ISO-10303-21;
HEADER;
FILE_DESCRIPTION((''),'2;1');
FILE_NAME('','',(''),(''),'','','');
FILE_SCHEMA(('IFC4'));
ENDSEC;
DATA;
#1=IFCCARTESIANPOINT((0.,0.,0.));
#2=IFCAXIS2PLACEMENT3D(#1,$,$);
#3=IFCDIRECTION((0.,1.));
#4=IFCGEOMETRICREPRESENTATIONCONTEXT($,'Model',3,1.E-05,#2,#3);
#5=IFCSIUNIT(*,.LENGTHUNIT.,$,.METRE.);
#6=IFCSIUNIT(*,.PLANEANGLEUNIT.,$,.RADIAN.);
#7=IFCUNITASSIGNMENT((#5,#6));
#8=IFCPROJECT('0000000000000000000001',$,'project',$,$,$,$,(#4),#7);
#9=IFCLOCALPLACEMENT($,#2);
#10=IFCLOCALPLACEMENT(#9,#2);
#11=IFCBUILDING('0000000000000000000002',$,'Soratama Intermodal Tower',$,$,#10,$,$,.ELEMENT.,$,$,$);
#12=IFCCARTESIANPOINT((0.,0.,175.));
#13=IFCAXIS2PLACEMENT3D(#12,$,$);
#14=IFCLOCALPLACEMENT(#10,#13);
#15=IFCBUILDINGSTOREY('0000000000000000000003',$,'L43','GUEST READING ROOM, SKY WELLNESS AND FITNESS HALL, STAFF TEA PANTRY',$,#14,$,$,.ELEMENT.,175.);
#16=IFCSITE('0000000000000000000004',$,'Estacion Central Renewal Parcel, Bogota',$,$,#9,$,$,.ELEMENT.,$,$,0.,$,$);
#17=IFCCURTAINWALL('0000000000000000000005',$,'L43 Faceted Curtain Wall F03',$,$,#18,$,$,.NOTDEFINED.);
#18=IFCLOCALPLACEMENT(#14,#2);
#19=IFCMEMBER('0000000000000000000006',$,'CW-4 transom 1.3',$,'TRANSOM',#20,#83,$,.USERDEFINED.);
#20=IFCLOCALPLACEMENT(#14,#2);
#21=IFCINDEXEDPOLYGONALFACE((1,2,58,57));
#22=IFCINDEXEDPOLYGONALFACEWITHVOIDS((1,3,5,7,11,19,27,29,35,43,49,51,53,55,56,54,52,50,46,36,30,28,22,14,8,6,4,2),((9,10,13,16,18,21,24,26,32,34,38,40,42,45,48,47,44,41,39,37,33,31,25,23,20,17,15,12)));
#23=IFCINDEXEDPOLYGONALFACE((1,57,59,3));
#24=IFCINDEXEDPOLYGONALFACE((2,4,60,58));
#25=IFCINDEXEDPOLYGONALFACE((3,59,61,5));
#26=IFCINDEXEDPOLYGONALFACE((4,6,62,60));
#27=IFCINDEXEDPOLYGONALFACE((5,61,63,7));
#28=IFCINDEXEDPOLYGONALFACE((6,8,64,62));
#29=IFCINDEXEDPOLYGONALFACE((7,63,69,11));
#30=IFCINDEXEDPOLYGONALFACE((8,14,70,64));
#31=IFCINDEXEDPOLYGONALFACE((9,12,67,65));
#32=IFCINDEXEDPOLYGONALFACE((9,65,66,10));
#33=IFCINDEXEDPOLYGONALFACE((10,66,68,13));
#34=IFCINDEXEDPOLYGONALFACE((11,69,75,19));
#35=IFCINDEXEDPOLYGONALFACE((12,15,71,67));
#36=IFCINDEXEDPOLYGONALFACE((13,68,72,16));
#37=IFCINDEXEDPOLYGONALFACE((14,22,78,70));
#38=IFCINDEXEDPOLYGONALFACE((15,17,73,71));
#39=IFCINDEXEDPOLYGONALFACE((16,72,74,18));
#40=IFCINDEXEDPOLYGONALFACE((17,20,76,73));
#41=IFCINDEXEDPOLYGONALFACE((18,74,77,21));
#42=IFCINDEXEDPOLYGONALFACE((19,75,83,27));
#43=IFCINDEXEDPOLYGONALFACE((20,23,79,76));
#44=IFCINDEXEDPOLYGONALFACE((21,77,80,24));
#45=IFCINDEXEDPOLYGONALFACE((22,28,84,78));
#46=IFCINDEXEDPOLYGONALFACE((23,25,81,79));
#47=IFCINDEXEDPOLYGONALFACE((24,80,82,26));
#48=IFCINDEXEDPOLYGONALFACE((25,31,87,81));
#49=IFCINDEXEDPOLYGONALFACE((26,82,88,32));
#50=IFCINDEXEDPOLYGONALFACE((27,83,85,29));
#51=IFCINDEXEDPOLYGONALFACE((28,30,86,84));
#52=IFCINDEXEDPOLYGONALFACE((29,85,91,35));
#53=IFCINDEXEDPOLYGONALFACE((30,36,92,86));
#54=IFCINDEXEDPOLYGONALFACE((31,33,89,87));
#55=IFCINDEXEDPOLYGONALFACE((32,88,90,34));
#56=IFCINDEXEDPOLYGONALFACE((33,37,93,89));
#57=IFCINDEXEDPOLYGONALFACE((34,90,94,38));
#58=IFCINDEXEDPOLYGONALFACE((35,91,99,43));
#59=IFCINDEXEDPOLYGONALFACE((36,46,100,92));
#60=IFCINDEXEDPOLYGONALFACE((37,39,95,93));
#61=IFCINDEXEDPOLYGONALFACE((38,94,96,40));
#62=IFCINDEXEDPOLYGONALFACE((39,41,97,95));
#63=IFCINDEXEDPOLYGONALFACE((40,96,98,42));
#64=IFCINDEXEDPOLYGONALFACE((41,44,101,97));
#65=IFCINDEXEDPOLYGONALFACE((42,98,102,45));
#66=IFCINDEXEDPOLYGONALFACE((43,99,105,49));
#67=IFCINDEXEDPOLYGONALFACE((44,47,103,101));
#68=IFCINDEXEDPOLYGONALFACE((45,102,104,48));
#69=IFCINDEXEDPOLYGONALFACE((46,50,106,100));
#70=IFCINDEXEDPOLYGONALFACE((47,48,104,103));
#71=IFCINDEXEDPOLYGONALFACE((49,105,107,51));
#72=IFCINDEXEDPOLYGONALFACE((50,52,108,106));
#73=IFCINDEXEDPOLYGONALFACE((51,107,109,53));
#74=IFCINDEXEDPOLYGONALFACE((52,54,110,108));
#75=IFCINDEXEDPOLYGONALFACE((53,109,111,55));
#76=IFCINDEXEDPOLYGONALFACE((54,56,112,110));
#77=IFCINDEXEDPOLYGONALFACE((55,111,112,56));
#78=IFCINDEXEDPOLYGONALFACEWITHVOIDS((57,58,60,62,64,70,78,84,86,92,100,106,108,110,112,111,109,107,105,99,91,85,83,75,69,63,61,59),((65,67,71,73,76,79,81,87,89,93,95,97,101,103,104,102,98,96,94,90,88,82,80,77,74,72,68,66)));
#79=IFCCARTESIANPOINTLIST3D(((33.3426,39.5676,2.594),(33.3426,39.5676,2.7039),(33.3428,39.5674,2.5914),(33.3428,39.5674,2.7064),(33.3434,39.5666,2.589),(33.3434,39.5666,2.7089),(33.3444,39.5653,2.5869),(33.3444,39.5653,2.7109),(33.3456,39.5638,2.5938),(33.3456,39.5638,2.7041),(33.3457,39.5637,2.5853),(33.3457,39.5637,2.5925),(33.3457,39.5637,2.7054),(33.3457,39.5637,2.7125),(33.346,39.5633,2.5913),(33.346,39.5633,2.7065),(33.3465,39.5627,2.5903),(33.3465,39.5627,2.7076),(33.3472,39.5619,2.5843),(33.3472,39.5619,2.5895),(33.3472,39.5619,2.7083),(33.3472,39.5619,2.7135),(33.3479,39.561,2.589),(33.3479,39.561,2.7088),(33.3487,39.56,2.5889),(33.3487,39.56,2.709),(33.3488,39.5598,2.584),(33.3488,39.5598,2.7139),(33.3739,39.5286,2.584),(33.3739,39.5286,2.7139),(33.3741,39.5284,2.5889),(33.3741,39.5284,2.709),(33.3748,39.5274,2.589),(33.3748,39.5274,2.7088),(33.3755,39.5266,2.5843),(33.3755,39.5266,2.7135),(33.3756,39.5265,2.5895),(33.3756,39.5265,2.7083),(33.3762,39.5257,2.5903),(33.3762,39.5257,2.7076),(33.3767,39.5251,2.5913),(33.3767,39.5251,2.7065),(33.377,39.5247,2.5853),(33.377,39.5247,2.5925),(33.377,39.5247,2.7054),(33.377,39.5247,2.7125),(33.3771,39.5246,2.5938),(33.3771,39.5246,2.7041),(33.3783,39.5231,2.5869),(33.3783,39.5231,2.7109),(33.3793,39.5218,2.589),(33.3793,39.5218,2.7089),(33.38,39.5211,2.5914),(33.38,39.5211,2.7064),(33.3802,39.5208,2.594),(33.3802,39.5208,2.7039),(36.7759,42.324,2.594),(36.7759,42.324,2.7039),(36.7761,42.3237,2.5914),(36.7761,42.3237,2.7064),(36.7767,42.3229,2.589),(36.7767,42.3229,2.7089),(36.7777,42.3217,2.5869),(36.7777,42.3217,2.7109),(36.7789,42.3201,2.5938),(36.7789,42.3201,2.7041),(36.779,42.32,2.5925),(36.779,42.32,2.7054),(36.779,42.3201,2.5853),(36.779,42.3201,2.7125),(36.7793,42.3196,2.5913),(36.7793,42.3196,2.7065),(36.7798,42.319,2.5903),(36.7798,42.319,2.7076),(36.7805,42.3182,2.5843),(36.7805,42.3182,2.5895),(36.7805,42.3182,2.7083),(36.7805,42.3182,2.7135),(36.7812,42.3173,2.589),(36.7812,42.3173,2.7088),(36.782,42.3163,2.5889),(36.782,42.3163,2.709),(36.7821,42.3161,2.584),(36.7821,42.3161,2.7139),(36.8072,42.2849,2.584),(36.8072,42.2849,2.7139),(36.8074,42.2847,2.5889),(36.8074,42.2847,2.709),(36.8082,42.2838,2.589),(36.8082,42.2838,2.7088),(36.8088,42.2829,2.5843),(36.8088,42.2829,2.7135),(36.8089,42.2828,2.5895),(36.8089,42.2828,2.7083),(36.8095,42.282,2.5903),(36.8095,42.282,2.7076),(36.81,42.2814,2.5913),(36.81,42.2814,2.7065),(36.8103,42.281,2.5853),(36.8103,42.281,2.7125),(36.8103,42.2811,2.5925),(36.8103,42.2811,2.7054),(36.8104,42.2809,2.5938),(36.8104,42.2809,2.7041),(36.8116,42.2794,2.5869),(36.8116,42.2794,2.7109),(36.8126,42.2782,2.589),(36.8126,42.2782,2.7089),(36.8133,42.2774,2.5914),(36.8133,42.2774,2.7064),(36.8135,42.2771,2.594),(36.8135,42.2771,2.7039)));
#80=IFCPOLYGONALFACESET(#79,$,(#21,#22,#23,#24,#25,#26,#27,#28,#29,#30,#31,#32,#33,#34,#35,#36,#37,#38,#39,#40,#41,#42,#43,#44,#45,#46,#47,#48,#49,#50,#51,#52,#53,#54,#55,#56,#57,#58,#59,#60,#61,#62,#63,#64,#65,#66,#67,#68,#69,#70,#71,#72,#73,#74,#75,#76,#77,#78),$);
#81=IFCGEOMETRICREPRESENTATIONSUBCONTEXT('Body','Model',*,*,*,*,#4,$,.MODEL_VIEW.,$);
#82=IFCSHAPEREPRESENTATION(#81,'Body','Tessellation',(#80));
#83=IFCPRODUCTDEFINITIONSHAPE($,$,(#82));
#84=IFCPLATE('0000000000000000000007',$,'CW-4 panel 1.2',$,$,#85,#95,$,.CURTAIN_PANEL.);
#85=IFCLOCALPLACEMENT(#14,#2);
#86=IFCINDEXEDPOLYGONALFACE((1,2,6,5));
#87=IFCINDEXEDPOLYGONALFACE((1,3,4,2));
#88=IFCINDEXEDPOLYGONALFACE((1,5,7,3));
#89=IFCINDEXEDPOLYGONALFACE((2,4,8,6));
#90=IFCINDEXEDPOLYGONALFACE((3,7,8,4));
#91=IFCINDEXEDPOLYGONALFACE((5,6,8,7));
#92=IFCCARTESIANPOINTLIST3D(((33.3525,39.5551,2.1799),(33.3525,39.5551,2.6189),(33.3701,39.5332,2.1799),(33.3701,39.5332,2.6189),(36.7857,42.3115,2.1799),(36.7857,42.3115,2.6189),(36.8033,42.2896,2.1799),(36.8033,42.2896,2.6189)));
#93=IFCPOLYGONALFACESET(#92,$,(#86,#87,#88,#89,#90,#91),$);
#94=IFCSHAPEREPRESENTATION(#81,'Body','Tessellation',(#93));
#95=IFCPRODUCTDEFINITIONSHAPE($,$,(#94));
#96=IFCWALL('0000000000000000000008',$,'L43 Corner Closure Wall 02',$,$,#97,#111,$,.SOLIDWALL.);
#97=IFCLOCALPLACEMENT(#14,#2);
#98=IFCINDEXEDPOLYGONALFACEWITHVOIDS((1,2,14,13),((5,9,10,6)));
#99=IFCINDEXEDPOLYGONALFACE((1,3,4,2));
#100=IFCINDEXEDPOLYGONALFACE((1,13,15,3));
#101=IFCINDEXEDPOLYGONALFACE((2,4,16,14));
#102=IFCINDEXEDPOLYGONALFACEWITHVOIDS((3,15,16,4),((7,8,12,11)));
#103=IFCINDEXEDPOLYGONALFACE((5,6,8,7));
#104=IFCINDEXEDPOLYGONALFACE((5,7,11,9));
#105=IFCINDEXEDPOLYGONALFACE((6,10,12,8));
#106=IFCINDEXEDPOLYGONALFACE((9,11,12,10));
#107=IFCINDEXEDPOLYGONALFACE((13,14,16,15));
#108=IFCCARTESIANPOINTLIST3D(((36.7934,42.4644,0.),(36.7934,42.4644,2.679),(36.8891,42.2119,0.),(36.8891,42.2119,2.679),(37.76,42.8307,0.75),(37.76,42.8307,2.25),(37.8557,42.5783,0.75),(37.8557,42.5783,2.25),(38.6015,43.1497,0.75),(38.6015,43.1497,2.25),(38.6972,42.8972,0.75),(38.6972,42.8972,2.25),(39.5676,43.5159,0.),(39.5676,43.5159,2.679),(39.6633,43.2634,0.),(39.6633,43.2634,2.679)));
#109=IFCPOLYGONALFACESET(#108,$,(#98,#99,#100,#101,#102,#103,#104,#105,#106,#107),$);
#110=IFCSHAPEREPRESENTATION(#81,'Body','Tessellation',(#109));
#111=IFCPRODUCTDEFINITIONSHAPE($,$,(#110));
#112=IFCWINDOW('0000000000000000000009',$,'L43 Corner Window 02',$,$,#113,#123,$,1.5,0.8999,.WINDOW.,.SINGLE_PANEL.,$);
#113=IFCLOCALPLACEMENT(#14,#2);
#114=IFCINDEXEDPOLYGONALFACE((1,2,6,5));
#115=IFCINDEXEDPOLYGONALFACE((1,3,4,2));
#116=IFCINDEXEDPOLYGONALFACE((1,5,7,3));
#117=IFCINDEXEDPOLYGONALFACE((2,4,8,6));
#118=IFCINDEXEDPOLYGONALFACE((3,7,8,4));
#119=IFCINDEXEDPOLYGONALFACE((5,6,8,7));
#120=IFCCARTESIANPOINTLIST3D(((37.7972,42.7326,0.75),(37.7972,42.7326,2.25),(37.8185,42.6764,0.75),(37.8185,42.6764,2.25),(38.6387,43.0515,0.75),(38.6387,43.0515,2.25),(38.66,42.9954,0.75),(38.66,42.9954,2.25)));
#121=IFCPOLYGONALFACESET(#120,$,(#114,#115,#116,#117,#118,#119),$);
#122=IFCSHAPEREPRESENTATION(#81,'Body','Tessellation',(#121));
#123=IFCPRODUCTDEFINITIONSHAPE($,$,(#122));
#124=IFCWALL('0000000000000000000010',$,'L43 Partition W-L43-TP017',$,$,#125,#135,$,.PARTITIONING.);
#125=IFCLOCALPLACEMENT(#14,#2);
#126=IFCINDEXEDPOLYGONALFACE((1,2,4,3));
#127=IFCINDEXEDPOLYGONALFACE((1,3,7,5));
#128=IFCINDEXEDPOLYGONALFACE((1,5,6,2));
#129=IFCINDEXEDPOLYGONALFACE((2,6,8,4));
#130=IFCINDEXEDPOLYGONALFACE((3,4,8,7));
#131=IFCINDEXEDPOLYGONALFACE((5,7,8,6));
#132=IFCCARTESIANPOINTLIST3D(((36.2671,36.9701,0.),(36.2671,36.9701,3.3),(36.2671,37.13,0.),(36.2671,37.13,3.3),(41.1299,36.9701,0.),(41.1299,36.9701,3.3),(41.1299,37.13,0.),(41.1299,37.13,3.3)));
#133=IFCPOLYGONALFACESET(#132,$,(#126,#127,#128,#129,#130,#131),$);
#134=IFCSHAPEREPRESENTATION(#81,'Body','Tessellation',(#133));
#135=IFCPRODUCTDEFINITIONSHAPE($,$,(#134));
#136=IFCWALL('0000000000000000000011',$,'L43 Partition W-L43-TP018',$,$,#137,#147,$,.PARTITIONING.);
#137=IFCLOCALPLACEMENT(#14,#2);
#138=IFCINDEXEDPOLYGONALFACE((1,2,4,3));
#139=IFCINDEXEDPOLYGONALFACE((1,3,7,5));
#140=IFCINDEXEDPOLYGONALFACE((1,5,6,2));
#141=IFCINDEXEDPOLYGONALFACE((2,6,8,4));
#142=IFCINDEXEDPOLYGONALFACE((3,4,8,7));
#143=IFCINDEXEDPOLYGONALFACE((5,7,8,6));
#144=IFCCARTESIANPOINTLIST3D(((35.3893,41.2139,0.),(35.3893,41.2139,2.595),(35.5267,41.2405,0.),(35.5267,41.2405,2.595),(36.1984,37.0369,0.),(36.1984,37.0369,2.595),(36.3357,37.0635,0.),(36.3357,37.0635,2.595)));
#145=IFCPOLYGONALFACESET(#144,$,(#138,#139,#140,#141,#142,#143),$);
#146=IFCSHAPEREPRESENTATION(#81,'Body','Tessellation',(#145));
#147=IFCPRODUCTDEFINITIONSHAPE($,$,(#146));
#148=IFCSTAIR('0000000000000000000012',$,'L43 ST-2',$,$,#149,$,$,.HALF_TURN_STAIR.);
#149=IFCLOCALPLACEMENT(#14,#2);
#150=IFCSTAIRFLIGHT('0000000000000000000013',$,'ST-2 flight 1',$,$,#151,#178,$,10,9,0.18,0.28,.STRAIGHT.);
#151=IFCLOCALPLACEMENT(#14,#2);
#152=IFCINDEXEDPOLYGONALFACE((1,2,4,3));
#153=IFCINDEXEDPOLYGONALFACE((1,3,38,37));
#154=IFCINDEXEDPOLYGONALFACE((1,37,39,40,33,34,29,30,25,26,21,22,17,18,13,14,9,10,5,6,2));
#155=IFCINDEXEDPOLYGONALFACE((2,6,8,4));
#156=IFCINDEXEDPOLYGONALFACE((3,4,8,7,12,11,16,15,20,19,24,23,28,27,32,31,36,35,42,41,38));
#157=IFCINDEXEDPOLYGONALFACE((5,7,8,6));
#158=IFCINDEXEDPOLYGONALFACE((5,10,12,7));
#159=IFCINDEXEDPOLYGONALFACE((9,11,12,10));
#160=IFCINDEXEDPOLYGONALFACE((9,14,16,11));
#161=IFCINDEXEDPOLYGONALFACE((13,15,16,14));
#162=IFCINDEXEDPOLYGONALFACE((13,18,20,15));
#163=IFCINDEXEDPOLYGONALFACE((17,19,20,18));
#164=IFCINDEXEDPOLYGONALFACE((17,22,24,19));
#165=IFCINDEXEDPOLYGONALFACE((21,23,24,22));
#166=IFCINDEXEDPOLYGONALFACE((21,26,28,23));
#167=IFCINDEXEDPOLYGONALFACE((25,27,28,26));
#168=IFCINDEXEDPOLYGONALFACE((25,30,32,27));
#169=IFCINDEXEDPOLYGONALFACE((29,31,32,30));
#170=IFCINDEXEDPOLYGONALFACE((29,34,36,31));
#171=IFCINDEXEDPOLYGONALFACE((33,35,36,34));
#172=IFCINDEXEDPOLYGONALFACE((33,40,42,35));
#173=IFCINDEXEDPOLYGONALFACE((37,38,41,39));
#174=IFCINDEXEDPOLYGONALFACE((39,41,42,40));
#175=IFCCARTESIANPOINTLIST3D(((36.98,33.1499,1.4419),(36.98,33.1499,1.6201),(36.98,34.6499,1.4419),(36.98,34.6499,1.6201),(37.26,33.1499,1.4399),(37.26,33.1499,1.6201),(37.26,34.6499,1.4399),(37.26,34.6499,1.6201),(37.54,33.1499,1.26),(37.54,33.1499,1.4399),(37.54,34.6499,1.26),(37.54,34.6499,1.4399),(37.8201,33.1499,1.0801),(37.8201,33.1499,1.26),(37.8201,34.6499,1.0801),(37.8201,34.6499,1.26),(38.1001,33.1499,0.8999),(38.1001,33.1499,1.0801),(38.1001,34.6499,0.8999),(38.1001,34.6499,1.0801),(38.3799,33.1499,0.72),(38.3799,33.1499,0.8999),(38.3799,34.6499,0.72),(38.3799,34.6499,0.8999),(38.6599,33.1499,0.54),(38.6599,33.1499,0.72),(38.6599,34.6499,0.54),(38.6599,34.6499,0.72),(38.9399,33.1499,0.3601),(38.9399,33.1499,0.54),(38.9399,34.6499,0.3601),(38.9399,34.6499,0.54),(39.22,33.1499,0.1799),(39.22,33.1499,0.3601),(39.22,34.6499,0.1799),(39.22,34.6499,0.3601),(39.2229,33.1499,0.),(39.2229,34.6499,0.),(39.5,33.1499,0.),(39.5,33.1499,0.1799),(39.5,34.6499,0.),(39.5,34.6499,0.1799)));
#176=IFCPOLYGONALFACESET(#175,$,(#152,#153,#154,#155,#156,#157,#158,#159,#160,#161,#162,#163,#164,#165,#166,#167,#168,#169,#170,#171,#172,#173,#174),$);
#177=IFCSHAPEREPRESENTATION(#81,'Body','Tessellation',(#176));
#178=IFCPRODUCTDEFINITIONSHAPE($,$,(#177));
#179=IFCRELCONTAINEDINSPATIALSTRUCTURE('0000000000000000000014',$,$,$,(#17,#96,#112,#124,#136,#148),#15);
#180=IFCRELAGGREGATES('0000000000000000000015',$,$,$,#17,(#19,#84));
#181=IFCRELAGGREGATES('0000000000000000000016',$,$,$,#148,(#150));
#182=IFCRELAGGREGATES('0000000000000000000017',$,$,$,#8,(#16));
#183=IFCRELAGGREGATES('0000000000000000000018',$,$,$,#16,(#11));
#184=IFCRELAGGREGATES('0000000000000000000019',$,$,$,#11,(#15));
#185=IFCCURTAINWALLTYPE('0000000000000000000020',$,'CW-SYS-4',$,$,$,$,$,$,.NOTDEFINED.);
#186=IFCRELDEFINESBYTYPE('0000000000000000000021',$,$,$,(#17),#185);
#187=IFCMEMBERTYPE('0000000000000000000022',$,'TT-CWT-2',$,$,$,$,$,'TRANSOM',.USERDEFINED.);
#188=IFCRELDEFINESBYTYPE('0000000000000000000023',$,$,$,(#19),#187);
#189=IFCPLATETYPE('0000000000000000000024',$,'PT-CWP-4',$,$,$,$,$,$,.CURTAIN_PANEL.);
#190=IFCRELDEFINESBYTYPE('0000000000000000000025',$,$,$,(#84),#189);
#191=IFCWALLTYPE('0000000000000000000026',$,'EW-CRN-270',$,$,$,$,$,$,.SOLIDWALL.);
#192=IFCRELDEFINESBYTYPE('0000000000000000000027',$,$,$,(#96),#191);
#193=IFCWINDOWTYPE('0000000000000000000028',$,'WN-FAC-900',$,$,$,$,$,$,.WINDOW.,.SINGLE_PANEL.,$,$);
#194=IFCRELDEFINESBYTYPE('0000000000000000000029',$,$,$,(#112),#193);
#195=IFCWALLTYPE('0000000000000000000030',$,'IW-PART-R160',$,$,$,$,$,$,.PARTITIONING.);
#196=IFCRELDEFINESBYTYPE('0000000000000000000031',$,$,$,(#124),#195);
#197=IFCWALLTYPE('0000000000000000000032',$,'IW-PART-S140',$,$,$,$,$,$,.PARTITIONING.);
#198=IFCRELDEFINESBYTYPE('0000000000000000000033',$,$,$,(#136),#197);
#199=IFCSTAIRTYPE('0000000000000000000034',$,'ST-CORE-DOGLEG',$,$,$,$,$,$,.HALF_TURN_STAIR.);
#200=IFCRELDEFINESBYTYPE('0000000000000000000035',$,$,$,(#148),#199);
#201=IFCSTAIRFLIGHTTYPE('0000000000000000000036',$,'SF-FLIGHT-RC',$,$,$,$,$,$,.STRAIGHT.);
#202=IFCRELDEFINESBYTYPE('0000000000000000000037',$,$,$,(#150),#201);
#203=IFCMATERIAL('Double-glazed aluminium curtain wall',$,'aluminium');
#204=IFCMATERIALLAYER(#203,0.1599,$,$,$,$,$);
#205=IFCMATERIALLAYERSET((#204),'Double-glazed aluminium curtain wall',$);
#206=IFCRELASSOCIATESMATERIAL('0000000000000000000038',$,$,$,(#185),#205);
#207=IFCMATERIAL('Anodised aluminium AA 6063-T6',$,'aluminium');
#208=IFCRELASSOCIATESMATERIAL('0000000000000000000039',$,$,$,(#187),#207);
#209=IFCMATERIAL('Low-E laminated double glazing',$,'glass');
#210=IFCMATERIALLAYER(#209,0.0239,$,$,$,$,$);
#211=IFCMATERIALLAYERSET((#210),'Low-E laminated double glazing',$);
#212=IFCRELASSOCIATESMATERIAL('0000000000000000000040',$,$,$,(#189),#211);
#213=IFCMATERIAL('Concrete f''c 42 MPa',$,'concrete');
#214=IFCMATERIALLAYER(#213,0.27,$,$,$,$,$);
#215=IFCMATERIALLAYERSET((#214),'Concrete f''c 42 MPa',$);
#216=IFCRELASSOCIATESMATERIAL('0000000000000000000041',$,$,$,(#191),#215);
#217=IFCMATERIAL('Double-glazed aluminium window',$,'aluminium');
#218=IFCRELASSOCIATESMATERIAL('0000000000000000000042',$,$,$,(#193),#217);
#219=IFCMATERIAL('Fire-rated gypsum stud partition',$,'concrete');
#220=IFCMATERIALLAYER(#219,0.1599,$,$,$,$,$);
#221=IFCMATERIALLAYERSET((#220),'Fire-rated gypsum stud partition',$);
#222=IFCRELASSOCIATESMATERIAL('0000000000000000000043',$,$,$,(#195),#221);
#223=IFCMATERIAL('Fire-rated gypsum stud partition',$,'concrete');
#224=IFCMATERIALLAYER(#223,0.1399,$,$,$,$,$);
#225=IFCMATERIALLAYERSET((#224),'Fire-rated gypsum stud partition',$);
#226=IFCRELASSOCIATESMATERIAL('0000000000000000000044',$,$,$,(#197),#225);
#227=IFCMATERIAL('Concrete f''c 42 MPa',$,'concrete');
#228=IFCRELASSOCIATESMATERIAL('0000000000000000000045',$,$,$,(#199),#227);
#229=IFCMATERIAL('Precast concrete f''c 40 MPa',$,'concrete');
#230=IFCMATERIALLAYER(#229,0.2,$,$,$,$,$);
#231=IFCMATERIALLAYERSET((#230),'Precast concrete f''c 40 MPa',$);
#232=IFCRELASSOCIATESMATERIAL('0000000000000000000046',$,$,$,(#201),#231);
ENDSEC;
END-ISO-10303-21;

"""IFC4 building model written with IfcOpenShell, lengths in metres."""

from ifc_helpers import new_model, si_unit, direction, frame, frame_2d, origin, origin_2d, place, context, subcontext, project, spatial, polyline, rectangle, hollow_rectangle, outline, extrude, material, layer, layer_set, material_profile, profile_set, type_object, element, fill, aggregate, save


model = new_model("IFC4")

# Units and contexts
model_context = context("Model", 3, precision=1e-05, world=origin(), true_north=direction((0.0, 1.0)))
body_context = subcontext(model_context, "Body", "Model", "MODEL_VIEW")
ifc_project = project(units=[si_unit("LENGTHUNIT", "METRE"), si_unit("PLANEANGLEUNIT", "RADIAN")], contexts=[model_context])

# Site, building, storey
site_placement = place(None, origin())
site = spatial("IfcSite", under=ifc_project, at=site_placement, Name="Estacion Central Renewal Parcel, Bogota", CompositionType="ELEMENT", RefElevation=0.0)
building_placement = place(site_placement, origin())
building = spatial("IfcBuilding", under=site, at=building_placement, Name="Soratama Intermodal Tower", CompositionType="ELEMENT")
storey_placement = place(building_placement, frame((0.0, 0.0, 175.0)))
storey = spatial("IfcBuildingStorey", under=building, at=storey_placement, Name="L43", Description="GUEST READING ROOM, SKY WELLNESS AND FITNESS HALL, STAFF TEA PANTRY", CompositionType="ELEMENT", Elevation=175.0)

# Shared definitions
ifc_material_1 = material(Name="Double-glazed aluminium curtain wall", Category="aluminium")
ifc_layer_1 = layer(ifc_material_1, 0.1599)
ifc_layer_set_1 = layer_set([ifc_layer_1], Name="Double-glazed aluminium curtain wall")
curtain_wall_type = type_object("IfcCurtainWallType", Name="CW-SYS-4", PredefinedType="NOTDEFINED", material=ifc_layer_set_1)

# Curtain wall, member, plate
curtain_wall_1_placement = place(storey_placement, origin())
curtain_wall_1 = element("IfcCurtainWall", 1, at=curtain_wall_1_placement, inside=storey, type_object=curtain_wall_type, Name="L43 Faceted Curtain Wall F03", PredefinedType="NOTDEFINED")
ifc_material_2 = material(Name="Anodised aluminium AA 6063-T6", Category="aluminium")
ifc_material_profile_1 = material_profile(ifc_material_2, hollow_rectangle(XDim=0.0601, YDim=0.1299, WallThickness=0.0049, InnerFilletRadius=0.0049, OuterFilletRadius=0.01, at=origin_2d()), Name="CWT130X60X5")
ifc_profile_set_1 = profile_set([ifc_material_profile_1], Name="Anodised aluminium AA 6063-T6")
member_type_1 = type_object("IfcMemberType", Name="TT-CWT-2", ElementType="TRANSOM", PredefinedType="USERDEFINED", material=ifc_profile_set_1)
member_1_placement = place(storey_placement, frame((36.7947, 42.3005, 2.6489), z_axis=(-0.779797, -0.626033, 0.0), x_axis=(0.626033, -0.779797, 0.0)))
member_1 = element("IfcMember", 2, at=member_1_placement, type_object=member_type_1, Name="CW-4 transom 1.3", ObjectType="TRANSOM", PredefinedType="USERDEFINED", context=body_context, shape_type="SweptSolid", body=[
    extrude(hollow_rectangle(XDim=0.0601, YDim=0.1299, WallThickness=0.0049, InnerFilletRadius=0.0049, OuterFilletRadius=0.01, at=origin_2d()), origin(), (0.0, 0.0, 1.0), 4.4028),
])
ifc_material_3 = material(Name="Low-E laminated double glazing", Category="glass")
ifc_layer_2 = layer(ifc_material_3, 0.0239)
ifc_layer_set_2 = layer_set([ifc_layer_2], Name="Low-E laminated double glazing")
plate_type = type_object("IfcPlateType", Name="PT-CWP-4", PredefinedType="CURTAIN_PANEL", material=ifc_layer_set_2)
plate_placement = place(storey_placement, frame((35.0779, 40.9224, 2.1799), z_axis=(0.0, 0.0, 1.0), x_axis=(-0.779778, -0.626057, 0.0)))
plate = element("IfcPlate", 3, at=plate_placement, type_object=plate_type, Name="CW-4 panel 1.2", PredefinedType="CURTAIN_PANEL", context=body_context, shape_type="SweptSolid", body=[
    extrude(rectangle(XDim=4.4028, YDim=0.0281, at=origin_2d()), origin(), (0.0, 0.0, 1.0), 0.439),
])
aggregate(curtain_wall_1, [member_1, plate])

# Wall, opening, window
ifc_material_4 = material(Name="Concrete f'c 42 MPa", Category="concrete")
ifc_layer_3 = layer(ifc_material_4, 0.27)
ifc_layer_set_3 = layer_set([ifc_layer_3], Name="Concrete f'c 42 MPa")
wall_type_1 = type_object("IfcWallType", Name="EW-CRN-270", PredefinedType="SOLIDWALL", material=ifc_layer_set_3)
wall_1_placement = place(storey_placement, frame((39.6155, 43.3896, 0.0), z_axis=(0.0, 0.0, 1.0), x_axis=(-0.935082, -0.354431, 0.0)))
wall_1 = element("IfcWall", 4, at=wall_1_placement, inside=storey, type_object=wall_type_1, Name="L43 Corner Closure Wall 02", PredefinedType="SOLIDWALL", context=body_context, shape_type="SweptSolid", body=[
    extrude(rectangle(XDim=2.9668, YDim=0.27, at=frame_2d((1.4834, 0.0))), origin(), (0.0, 0.0, 1.0), 2.679),
])
opening_placement = place(wall_1_placement, frame((1.0332, 0.0, 0.75)))
opening = element("IfcOpeningElement", 5, at=opening_placement, cuts=wall_1, PredefinedType="OPENING", context=body_context, shape_type="SweptSolid", body=[
    extrude(rectangle(XDim=0.8999, YDim=1.5, at=frame_2d((0.45, 0.75))), frame((0.0, 0.145, 0.0), z_axis=(0.0, -1.0, 0.0), x_axis=(1.0, 0.0, 0.0)), (0.0, 0.0, 1.0), 0.29),
])
ifc_material_5 = material(Name="Double-glazed aluminium window", Category="aluminium")
window_type = type_object("IfcWindowType", Name="WN-FAC-900", PartitioningType="SINGLE_PANEL", PredefinedType="WINDOW", material=ifc_material_5)
window_placement = place(opening_placement, origin())
window = element("IfcWindow", 6, at=window_placement, inside=storey, type_object=window_type, Name="L43 Corner Window 02", OverallHeight=1.5, OverallWidth=0.8999, PartitioningType="SINGLE_PANEL", PredefinedType="WINDOW", context=body_context, shape_type="SweptSolid", body=[
    extrude(rectangle(XDim=0.8999, YDim=1.5, at=frame_2d((0.45, 0.75))), frame((0.0, 0.03, 0.0), z_axis=(0.0, -1.0, 0.0), x_axis=(1.0, 0.0, 0.0)), (0.0, 0.0, 1.0), 0.0601),
])
fill(opening, window)

# Walls
ifc_material_6 = material(Name="Fire-rated gypsum stud partition", Category="concrete")
ifc_layer_4 = layer(ifc_material_6, 0.1599)
ifc_layer_set_4 = layer_set([ifc_layer_4], Name="Fire-rated gypsum stud partition")
wall_type_2 = type_object("IfcWallType", Name="IW-PART-R160", PredefinedType="PARTITIONING", material=ifc_layer_set_4)
wall_2_placement = place(storey_placement, frame((36.2671, 37.05, 0.0), z_axis=(0.0, 0.0, 1.0), x_axis=(1.0, 0.0, 0.0)))
element("IfcWall", 7, at=wall_2_placement, inside=storey, type_object=wall_type_2, Name="L43 Partition W-L43-TP017", PredefinedType="PARTITIONING", context=body_context, shape_type="SweptSolid", body=[
    extrude(rectangle(XDim=4.8628, YDim=0.1599, at=frame_2d((2.4314, 0.0))), origin(), (0.0, 0.0, 1.0), 3.3),
])
ifc_material_7 = material(Name="Fire-rated gypsum stud partition", Category="concrete")
ifc_layer_5 = layer(ifc_material_7, 0.1399)
ifc_layer_set_5 = layer_set([ifc_layer_5], Name="Fire-rated gypsum stud partition")
wall_type_3 = type_object("IfcWallType", Name="IW-PART-S140", PredefinedType="PARTITIONING", material=ifc_layer_set_5)
wall_3_placement = place(storey_placement, frame((36.2671, 37.05, 0.0), z_axis=(0.0, 0.0, 1.0), x_axis=(-0.190165, 0.981752, 0.0)))
element("IfcWall", 8, at=wall_3_placement, inside=storey, type_object=wall_type_3, Name="L43 Partition W-L43-TP018", PredefinedType="PARTITIONING", context=body_context, shape_type="SweptSolid", body=[
    extrude(rectangle(XDim=4.2546, YDim=0.1399, at=frame_2d((2.1274, 0.0))), origin(), (0.0, 0.0, 1.0), 2.595),
])

# Stair, stair flight
ifc_material_8 = material(Name="Concrete f'c 42 MPa", Category="concrete")
stair_type = type_object("IfcStairType", Name="ST-CORE-DOGLEG", PredefinedType="HALF_TURN_STAIR", material=ifc_material_8)
stair_placement = place(storey_placement, origin())
stair = element("IfcStair", 9, at=stair_placement, inside=storey, type_object=stair_type, Name="L43 ST-2", PredefinedType="HALF_TURN_STAIR")
ifc_material_9 = material(Name="Precast concrete f'c 40 MPa", Category="concrete")
ifc_layer_6 = layer(ifc_material_9, 0.2)
ifc_layer_set_6 = layer_set([ifc_layer_6], Name="Precast concrete f'c 40 MPa")
stair_flight_type = type_object("IfcStairFlightType", Name="SF-FLIGHT-RC", PredefinedType="STRAIGHT", material=ifc_layer_set_6)
stair_flight_placement = place(storey_placement, frame((39.5, 33.8999, 0.0), z_axis=(0.0, 0.0, 1.0), x_axis=(-1.0, 0.0, 0.0)))
stair_flight = element("IfcStairFlight", 10, at=stair_flight_placement, type_object=stair_flight_type, Name="ST-2 flight 1", NumberOfRisers=10, NumberOfTreads=9, PredefinedType="STRAIGHT", RiserHeight=0.18, TreadLength=0.28, context=body_context, shape_type="SweptSolid", body=[
    extrude(outline(polyline([(0.0, 0.0), (0.0, 0.1799), (0.28, 0.1799), (0.28, 0.3601), (0.5601, 0.3601), (0.5601, 0.54), (0.8401, 0.54), (0.8401, 0.72), (1.1201, 0.72), (1.1201, 0.8999), (1.3999, 0.8999), (1.3999, 1.0801), (1.6799, 1.0801), (1.6799, 1.26), (1.96, 1.26), (1.96, 1.4399), (2.24, 1.4399), (2.24, 1.6201), (2.52, 1.6201), (2.52, 1.8), (2.52, 1.4419), (0.2771, 0.0), (0.0, 0.0)])), frame((0.0, 0.75, 0.0), z_axis=(0.0, -1.0, 0.0), x_axis=(1.0, 0.0, 0.0)), (0.0, 0.0, 1.0), 1.5),
])
aggregate(stair, [stair_flight])

save(model, "model.ifc")
